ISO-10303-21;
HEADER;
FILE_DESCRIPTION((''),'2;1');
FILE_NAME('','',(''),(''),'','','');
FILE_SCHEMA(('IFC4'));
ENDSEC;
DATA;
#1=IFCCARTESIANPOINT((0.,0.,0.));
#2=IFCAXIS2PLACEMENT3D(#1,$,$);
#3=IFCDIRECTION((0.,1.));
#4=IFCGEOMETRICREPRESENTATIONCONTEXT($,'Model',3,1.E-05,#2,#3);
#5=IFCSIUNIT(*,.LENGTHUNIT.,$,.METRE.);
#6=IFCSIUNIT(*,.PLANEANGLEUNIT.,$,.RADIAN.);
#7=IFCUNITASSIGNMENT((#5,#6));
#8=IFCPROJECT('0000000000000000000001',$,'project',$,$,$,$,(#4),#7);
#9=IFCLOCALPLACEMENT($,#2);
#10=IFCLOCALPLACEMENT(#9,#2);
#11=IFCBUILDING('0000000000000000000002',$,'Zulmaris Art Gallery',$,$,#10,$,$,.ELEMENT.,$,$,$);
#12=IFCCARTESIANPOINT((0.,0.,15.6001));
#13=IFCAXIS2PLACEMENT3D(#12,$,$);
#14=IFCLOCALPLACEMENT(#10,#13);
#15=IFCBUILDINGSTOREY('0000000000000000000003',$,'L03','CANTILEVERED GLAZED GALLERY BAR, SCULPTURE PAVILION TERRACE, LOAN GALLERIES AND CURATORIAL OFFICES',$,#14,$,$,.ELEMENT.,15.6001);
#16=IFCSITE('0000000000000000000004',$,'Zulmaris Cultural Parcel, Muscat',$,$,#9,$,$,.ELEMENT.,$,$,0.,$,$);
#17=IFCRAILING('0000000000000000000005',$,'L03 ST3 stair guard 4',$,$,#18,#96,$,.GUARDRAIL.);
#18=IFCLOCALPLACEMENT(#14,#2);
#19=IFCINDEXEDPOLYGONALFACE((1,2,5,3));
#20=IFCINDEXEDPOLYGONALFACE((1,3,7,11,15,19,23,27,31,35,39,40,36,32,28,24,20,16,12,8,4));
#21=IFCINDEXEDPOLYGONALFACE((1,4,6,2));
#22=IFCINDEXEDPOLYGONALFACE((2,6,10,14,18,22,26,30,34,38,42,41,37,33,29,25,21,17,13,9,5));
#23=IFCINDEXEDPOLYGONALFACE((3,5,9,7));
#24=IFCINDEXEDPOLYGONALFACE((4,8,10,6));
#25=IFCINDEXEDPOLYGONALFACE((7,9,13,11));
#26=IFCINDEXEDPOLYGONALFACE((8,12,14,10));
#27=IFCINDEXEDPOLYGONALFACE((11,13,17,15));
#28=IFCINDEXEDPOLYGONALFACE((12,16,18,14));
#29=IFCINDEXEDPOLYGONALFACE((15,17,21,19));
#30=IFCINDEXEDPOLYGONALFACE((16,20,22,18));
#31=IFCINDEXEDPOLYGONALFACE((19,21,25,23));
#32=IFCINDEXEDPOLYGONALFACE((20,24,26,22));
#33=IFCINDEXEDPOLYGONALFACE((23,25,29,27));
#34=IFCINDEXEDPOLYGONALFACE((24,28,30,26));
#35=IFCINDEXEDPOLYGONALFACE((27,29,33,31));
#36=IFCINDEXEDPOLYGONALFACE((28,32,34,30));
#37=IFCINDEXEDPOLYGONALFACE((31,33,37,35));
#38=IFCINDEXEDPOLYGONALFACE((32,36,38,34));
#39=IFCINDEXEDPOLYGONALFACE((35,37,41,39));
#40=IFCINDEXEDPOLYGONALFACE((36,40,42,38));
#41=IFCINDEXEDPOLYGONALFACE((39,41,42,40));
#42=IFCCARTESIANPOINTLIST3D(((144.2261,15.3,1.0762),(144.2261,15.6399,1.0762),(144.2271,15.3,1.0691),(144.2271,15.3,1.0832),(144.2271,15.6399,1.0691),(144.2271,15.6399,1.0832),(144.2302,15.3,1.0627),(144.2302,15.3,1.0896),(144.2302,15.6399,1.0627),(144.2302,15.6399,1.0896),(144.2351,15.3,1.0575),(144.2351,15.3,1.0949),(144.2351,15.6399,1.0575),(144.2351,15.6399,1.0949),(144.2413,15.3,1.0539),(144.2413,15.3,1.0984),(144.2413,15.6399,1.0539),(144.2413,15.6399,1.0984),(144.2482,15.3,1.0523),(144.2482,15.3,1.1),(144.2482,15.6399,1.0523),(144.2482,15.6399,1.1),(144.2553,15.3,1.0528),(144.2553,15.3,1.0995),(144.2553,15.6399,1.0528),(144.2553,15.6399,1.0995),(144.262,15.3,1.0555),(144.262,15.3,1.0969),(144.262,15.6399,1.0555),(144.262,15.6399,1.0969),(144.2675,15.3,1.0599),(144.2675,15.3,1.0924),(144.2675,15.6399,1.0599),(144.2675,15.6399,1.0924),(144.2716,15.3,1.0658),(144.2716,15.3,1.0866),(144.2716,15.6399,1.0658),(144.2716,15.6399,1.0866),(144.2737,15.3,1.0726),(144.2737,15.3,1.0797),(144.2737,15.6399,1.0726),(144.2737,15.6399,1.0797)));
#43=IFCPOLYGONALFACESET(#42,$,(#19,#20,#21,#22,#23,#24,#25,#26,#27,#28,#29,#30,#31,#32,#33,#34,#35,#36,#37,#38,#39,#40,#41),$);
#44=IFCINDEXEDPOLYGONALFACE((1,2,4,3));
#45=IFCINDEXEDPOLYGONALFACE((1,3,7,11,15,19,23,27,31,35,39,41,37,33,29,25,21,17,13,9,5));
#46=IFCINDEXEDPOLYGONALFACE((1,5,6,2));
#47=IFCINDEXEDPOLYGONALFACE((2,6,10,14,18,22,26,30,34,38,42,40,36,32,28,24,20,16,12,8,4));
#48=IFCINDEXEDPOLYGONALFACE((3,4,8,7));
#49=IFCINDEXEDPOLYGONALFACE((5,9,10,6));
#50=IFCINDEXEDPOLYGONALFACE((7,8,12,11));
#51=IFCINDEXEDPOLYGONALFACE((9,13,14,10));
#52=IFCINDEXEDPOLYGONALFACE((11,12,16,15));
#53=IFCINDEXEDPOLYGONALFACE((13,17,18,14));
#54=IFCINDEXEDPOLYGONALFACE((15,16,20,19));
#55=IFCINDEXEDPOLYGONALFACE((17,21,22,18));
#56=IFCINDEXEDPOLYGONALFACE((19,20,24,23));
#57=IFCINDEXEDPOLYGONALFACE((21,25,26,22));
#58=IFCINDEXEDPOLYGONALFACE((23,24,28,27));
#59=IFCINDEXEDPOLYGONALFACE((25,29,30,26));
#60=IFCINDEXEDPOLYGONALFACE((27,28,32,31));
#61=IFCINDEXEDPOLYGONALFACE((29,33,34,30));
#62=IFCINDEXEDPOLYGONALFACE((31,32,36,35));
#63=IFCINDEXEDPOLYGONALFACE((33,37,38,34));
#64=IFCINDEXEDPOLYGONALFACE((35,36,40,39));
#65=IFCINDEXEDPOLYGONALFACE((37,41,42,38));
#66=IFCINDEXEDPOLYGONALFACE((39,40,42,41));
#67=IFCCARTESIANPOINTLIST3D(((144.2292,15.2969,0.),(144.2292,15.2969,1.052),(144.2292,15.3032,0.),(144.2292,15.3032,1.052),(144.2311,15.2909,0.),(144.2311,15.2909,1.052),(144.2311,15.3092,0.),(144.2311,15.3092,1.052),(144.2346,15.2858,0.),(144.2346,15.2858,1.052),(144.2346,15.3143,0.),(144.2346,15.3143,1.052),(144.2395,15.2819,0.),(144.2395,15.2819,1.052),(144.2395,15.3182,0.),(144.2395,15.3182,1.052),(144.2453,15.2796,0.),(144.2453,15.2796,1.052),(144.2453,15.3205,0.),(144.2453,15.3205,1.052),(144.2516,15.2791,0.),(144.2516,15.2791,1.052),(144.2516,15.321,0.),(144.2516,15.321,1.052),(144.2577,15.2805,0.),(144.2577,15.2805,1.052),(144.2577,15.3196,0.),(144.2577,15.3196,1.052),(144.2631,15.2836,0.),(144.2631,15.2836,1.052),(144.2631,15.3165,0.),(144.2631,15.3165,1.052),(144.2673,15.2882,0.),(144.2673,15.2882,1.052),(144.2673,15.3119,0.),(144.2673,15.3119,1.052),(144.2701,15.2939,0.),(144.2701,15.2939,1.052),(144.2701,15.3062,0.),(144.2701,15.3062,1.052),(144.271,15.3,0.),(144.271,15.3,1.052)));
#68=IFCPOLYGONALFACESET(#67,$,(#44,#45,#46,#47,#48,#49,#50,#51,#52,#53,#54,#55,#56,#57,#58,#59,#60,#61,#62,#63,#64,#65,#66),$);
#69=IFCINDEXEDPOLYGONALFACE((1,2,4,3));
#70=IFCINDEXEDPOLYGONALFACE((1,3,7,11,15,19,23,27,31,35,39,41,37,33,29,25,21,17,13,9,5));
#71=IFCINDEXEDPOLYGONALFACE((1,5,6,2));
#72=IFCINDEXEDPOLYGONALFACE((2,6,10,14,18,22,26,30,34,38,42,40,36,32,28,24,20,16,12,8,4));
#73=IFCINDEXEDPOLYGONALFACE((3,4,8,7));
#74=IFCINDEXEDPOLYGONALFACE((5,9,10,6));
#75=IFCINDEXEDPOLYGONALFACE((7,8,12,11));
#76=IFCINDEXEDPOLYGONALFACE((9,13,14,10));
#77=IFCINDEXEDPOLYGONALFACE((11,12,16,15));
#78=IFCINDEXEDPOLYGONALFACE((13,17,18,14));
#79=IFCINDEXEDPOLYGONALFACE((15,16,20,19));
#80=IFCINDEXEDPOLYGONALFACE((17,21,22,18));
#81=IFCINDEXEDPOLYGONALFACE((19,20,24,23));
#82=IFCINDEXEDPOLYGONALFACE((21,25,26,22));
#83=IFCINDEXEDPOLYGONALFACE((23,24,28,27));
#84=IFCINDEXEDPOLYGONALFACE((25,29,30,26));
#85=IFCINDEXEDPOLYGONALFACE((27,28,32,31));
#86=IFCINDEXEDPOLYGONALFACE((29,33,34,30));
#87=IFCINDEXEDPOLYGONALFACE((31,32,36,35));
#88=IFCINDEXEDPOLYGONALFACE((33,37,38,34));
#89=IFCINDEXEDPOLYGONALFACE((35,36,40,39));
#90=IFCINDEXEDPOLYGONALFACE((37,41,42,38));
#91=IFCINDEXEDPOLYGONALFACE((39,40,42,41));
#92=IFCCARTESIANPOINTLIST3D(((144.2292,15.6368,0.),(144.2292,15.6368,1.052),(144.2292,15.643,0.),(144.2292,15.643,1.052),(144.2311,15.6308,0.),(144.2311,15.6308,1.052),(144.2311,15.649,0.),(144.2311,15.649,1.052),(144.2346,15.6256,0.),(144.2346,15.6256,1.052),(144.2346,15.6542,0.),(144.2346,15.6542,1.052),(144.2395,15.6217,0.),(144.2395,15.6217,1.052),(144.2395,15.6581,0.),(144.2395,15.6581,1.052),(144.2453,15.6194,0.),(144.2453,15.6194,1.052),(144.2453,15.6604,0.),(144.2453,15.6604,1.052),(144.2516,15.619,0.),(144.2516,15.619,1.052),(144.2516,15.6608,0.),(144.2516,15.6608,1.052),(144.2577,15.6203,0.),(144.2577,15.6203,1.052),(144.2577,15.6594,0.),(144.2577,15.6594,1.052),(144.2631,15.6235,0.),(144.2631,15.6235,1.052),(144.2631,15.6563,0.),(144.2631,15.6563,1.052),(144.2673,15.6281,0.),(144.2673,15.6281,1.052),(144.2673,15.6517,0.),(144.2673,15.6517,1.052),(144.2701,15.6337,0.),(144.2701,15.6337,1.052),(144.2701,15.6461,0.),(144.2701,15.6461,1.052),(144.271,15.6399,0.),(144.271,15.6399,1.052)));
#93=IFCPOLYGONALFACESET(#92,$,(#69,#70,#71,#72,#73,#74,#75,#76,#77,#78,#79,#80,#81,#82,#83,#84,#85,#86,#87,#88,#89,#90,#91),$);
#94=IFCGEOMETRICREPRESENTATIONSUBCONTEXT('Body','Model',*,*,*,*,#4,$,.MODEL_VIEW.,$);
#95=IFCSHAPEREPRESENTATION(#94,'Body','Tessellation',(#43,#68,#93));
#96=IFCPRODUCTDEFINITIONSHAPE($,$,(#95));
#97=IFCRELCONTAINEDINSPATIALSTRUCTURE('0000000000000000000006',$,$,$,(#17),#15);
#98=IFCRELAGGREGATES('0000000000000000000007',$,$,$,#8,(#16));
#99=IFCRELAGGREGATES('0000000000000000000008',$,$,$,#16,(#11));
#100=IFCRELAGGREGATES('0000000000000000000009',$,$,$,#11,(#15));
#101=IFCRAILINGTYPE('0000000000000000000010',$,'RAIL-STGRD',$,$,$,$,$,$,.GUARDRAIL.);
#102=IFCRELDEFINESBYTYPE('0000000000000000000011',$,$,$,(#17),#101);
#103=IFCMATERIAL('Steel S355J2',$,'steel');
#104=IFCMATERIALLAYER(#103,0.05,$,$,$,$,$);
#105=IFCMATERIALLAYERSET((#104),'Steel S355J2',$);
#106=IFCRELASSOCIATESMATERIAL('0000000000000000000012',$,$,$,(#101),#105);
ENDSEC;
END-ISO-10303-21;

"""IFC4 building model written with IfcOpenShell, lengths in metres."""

from ifc_helpers import new_model, si_unit, direction, frame, origin, origin_2d, place, context, subcontext, project, spatial, circle, extrude, material, layer, layer_set, type_object, element, save


model = new_model("IFC4")

# Units and contexts
model_context = context("Model", 3, precision=1e-05, world=origin(), true_north=direction((0.0, 1.0)))
body_context = subcontext(model_context, "Body", "Model", "MODEL_VIEW")
ifc_project = project(units=[si_unit("LENGTHUNIT", "METRE"), si_unit("PLANEANGLEUNIT", "RADIAN")], contexts=[model_context])

# Site, building, storey
site_placement = place(None, origin())
site = spatial("IfcSite", under=ifc_project, at=site_placement, Name="Zulmaris Cultural Parcel, Muscat", CompositionType="ELEMENT", RefElevation=0.0)
building_placement = place(site_placement, origin())
building = spatial("IfcBuilding", under=site, at=building_placement, Name="Zulmaris Art Gallery", CompositionType="ELEMENT")
storey_placement = place(building_placement, frame((0.0, 0.0, 15.6001)))
storey = spatial("IfcBuildingStorey", under=building, at=storey_placement, Name="L03", Description="CANTILEVERED GLAZED GALLERY BAR, SCULPTURE PAVILION TERRACE, LOAN GALLERIES AND CURATORIAL OFFICES", CompositionType="ELEMENT", Elevation=15.6001)

# Shared definitions
ifc_material_1 = material(Name="Steel S355J2", Category="steel")

# Railing
ifc_layer_1 = layer(ifc_material_1, 0.05)
ifc_layer_set_1 = layer_set([ifc_layer_1], Name="Steel S355J2")
railing_type_1 = type_object("IfcRailingType", Name="RAIL-STGRD", PredefinedType="GUARDRAIL", material=ifc_layer_set_1)
railing_1_placement = place(storey_placement, frame((144.25, 15.3, 0.0)))
element("IfcRailing", 1, at=railing_1_placement, inside=storey, type_object=railing_type_1, Name="L03 ST3 stair guard 4", PredefinedType="GUARDRAIL", context=body_context, shape_type="SweptSolid", body=[
    extrude(circle(Radius=0.0239, at=origin_2d()), frame((0.0, 0.0, 1.0762), z_axis=(0.0, 1.0, 0.0), x_axis=(-1.0, 0.0, 0.0)), (0.0, 0.0, 1.0), 0.3398),
    extrude(circle(Radius=0.021, at=origin_2d()), origin(), (0.0, 0.0, 1.0), 1.052),
    extrude(circle(Radius=0.021, at=origin_2d()), frame((0.0, 0.3398, 0.0)), (0.0, 0.0, 1.0), 1.052),
])

save(model, "model.ifc")
